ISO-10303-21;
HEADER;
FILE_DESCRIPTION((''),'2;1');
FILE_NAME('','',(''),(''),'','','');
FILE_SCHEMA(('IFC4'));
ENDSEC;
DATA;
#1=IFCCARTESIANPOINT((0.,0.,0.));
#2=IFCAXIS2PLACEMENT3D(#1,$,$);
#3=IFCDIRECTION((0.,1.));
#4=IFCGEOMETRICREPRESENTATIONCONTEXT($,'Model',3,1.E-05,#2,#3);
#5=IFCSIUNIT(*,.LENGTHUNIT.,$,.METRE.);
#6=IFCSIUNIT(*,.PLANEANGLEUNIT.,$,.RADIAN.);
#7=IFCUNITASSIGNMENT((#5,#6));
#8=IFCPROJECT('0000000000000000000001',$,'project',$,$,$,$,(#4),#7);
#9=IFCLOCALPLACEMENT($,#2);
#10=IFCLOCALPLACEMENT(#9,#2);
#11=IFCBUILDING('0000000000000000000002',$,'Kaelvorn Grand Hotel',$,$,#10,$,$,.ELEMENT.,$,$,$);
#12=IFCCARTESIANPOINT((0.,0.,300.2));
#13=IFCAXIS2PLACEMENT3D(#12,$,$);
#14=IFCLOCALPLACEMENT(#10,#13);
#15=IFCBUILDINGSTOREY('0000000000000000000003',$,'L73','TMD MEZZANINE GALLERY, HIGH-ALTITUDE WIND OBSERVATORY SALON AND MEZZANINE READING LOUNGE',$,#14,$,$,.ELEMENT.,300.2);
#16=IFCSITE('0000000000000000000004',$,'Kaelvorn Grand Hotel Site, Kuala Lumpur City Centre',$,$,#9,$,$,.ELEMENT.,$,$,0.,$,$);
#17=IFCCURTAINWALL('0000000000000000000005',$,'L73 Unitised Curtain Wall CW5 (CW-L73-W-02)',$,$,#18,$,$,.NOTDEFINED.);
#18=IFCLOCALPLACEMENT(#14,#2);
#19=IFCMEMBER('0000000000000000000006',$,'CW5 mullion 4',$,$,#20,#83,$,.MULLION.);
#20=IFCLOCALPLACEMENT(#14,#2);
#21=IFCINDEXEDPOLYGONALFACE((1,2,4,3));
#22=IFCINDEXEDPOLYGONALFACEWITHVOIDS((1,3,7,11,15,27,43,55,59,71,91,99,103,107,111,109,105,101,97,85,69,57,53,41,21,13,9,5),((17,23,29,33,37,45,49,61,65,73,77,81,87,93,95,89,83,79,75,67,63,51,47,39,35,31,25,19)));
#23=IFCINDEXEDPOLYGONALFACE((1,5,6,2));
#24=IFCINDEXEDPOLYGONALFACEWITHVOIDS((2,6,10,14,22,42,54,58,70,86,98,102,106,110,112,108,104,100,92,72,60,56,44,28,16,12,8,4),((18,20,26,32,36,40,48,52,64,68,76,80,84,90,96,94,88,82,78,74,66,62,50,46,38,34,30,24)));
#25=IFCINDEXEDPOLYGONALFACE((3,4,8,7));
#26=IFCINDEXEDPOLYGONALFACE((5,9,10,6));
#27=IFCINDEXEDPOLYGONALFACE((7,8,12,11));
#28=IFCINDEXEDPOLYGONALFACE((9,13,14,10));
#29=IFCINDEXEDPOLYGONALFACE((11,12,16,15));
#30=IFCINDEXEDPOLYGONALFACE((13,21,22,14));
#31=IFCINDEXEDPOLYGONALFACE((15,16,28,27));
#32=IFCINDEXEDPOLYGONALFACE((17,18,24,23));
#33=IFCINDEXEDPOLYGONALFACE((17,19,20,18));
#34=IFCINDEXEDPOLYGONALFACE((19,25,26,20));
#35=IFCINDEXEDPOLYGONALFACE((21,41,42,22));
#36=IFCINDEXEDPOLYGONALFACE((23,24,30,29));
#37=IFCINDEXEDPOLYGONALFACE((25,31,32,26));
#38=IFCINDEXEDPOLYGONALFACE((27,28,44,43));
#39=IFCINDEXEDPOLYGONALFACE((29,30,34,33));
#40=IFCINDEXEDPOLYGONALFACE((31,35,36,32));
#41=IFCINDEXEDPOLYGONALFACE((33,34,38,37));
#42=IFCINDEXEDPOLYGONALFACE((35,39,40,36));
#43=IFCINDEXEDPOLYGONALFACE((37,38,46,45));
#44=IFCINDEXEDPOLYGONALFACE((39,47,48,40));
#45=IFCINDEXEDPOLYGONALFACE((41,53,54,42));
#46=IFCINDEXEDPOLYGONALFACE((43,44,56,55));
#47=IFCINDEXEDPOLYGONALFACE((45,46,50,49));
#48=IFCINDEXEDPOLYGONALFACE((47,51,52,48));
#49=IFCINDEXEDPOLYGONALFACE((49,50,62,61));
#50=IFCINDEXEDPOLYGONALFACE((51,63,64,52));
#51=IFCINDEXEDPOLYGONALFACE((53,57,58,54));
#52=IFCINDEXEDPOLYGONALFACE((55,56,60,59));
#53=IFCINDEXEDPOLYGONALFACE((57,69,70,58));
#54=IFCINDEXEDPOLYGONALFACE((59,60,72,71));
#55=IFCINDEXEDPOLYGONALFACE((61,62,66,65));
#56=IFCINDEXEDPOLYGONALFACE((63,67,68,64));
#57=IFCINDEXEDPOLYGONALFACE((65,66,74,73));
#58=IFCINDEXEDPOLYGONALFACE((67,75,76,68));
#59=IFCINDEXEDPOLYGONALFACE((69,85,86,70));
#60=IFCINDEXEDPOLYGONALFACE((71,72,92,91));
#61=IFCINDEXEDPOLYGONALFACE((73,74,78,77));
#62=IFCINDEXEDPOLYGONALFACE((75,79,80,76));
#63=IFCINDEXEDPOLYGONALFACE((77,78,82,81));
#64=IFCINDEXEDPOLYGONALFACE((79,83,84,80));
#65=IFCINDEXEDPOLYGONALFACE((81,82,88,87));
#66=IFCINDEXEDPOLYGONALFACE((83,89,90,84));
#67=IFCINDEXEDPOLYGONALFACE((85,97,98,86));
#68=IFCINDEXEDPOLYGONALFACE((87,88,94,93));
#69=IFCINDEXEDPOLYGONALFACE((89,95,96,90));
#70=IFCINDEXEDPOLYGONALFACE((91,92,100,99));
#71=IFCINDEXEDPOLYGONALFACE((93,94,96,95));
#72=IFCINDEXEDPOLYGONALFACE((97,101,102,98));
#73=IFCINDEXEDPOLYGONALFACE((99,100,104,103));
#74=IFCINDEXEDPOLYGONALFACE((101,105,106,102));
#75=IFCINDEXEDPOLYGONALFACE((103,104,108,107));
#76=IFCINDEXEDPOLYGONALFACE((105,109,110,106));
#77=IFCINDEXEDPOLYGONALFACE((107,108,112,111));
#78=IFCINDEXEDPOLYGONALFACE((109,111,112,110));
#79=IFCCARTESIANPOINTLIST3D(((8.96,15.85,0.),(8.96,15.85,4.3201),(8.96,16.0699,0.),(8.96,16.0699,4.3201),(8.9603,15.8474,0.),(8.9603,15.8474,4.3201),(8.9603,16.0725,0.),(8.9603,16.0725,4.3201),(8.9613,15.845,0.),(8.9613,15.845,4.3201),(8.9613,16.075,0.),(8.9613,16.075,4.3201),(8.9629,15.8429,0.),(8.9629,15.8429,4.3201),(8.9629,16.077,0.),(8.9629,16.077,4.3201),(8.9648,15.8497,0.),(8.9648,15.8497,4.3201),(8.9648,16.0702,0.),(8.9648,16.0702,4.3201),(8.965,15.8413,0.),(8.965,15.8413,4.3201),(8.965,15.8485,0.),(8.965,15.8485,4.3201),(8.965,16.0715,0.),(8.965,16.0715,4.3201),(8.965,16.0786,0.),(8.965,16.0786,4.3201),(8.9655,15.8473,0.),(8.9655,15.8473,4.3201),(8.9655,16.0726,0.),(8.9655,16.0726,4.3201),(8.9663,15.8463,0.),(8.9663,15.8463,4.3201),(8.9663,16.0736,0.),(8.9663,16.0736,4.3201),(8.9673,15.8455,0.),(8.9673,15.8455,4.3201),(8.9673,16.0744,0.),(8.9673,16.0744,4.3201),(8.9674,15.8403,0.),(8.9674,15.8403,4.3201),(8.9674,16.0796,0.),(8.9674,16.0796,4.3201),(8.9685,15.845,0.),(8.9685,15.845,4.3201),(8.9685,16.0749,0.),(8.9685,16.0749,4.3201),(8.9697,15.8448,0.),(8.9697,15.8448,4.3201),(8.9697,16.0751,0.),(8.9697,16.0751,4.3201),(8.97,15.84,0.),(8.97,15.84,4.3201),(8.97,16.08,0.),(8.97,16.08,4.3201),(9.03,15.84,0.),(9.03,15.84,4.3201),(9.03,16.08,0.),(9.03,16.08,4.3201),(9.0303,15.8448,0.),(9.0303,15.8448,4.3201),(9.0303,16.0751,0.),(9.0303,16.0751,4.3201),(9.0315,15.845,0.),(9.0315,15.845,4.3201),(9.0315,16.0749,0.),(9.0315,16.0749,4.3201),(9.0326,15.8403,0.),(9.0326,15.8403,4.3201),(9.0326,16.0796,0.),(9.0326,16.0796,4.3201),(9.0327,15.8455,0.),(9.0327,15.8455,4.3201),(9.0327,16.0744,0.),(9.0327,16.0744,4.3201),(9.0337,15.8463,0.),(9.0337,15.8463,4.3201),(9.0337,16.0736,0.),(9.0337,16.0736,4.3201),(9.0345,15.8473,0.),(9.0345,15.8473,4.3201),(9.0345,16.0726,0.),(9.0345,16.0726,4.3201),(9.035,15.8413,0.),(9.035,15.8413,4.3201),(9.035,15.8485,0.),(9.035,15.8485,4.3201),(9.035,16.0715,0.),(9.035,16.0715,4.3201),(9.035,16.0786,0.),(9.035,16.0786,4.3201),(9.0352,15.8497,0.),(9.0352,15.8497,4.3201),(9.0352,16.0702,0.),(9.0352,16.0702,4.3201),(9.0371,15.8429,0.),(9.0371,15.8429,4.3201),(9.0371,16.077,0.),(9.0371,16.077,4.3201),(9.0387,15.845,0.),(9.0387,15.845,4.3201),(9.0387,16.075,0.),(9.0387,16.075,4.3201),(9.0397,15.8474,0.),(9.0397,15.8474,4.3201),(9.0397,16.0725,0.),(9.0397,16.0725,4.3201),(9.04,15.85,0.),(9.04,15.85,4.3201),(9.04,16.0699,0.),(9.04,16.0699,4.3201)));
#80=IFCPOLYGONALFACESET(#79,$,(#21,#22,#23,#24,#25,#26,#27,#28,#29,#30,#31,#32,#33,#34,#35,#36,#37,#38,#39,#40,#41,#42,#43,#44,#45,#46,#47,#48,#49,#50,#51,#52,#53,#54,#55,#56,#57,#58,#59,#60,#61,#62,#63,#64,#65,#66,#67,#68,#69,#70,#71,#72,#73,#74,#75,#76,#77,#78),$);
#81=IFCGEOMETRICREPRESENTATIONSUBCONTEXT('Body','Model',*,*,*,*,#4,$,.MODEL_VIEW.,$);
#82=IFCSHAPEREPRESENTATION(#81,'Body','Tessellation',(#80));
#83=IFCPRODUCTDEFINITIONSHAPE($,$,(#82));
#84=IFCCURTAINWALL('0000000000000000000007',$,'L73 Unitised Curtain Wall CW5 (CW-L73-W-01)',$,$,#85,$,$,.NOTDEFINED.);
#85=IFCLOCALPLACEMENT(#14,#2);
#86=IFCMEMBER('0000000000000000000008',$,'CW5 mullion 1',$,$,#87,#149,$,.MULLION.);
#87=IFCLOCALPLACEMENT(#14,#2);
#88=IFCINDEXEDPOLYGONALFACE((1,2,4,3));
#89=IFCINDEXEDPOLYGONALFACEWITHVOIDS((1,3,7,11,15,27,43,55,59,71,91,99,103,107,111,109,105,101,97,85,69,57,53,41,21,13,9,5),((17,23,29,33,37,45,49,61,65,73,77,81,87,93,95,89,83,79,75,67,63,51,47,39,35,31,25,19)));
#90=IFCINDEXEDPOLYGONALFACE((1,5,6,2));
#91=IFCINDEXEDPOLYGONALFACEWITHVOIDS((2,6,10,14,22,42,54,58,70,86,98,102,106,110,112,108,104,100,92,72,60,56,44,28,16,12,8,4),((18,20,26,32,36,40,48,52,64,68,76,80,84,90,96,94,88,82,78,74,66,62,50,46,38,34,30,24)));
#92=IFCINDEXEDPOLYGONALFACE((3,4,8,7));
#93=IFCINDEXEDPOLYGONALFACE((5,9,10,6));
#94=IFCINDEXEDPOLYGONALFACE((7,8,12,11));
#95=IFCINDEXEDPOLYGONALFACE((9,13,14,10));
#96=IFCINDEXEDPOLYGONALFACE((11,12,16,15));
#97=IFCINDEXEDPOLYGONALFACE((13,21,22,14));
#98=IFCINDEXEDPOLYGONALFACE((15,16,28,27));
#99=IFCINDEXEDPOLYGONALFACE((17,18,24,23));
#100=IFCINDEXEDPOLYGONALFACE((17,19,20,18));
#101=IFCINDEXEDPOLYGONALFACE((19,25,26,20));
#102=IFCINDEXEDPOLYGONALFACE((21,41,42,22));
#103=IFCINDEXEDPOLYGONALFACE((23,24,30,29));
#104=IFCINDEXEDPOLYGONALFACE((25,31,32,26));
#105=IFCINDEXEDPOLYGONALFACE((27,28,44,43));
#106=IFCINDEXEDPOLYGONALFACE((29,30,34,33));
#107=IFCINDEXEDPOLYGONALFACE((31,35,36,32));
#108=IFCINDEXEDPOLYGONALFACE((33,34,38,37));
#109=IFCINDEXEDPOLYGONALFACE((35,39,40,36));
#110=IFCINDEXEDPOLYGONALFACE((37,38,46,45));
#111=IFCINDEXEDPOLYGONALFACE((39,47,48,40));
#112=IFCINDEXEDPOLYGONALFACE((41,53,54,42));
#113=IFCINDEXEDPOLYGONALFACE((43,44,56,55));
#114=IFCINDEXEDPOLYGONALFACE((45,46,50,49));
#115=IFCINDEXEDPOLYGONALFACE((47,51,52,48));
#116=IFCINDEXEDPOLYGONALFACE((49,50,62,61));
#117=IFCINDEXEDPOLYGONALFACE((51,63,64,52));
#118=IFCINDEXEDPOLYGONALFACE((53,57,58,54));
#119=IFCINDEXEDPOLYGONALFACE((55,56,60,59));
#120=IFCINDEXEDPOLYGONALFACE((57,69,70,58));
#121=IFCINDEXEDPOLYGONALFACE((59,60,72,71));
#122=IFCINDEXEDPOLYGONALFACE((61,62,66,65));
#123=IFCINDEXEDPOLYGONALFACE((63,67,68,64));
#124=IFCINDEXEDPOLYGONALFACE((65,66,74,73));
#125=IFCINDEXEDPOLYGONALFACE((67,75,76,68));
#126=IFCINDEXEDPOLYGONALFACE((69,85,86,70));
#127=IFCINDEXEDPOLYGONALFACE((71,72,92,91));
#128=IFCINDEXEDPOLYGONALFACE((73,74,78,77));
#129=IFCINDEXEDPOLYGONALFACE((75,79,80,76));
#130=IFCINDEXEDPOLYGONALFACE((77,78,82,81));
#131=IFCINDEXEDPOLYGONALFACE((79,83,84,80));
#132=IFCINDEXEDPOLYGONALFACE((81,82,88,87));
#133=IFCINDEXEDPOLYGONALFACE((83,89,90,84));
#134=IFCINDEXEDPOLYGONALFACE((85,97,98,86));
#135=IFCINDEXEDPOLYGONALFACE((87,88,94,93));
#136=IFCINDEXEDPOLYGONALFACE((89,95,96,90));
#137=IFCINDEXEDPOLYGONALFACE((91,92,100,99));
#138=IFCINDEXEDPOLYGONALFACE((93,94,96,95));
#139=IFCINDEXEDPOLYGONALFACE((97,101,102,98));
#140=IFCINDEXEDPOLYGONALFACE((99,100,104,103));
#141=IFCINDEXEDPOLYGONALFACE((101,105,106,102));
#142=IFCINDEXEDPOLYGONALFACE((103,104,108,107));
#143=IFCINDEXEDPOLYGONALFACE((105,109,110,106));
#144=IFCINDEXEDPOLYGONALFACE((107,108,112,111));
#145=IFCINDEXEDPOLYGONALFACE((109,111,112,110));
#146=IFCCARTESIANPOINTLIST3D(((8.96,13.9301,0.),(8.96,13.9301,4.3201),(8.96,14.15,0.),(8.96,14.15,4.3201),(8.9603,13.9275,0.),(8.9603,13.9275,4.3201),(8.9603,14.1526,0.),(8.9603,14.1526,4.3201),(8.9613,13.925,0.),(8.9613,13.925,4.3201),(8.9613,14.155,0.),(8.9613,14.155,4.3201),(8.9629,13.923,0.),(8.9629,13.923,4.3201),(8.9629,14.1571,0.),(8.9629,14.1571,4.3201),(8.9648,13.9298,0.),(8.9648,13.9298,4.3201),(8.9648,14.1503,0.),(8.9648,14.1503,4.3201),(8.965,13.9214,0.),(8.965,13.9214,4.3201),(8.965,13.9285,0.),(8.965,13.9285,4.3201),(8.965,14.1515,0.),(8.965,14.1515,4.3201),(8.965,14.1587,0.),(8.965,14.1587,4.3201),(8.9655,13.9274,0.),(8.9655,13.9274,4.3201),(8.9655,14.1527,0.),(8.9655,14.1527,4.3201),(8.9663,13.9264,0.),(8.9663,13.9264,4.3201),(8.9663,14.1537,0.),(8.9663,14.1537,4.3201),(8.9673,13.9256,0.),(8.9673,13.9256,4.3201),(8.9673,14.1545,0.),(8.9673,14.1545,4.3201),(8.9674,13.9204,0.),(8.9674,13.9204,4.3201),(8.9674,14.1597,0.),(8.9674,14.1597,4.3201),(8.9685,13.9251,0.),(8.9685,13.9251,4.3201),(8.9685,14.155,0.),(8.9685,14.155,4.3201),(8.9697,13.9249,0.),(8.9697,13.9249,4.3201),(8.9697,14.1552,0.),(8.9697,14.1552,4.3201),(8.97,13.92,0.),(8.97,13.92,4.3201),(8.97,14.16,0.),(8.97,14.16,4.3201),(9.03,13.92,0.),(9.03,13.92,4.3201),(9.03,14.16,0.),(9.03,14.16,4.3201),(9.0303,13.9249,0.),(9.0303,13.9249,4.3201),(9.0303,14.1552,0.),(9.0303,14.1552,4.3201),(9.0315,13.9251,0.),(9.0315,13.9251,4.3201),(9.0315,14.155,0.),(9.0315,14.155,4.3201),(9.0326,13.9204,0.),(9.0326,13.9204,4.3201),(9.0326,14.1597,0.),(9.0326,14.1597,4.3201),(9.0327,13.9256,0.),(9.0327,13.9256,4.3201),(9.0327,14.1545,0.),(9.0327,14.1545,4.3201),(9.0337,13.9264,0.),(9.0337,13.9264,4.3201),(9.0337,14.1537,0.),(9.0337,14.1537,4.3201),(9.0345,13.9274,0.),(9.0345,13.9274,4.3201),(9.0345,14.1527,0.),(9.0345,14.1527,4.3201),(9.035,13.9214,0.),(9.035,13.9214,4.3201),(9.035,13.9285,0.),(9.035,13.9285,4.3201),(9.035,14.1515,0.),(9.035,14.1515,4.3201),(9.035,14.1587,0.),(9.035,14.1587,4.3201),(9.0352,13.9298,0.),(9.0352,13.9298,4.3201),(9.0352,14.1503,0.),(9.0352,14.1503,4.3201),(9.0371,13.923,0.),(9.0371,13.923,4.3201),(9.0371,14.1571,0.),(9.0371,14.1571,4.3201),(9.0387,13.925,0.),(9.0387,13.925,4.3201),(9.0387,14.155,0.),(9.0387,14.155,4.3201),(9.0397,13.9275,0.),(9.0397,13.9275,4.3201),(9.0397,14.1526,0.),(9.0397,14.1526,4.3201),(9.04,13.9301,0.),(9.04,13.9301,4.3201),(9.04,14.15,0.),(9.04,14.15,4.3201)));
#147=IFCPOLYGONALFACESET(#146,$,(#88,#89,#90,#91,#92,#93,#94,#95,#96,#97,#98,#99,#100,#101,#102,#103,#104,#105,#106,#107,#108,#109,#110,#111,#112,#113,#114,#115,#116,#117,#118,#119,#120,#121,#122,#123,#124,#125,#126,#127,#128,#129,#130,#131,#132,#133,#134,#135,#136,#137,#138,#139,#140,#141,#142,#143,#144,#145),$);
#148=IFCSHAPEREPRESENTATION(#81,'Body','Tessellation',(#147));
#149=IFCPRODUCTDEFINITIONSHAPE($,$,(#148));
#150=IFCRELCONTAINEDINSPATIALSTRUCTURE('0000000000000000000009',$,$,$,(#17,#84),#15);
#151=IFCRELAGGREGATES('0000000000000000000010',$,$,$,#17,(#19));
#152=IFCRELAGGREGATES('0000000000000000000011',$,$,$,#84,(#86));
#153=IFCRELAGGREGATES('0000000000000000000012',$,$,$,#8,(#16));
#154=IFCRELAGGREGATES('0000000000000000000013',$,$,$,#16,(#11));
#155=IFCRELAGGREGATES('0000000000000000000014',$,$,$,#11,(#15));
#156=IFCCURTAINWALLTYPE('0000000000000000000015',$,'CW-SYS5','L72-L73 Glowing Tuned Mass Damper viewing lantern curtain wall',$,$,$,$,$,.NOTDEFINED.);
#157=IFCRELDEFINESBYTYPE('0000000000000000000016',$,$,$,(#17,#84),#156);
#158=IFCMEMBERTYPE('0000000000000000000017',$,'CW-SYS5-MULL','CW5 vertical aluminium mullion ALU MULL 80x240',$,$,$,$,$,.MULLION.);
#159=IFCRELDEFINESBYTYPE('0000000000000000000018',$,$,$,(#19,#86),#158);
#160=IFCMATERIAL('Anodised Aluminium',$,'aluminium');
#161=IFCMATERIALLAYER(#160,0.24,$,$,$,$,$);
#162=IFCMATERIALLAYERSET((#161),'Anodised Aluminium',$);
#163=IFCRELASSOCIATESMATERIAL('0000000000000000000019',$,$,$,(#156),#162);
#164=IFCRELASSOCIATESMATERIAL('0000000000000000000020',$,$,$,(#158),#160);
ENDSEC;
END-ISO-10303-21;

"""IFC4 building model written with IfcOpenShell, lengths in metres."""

from ifc_helpers import new_model, si_unit, direction, frame, origin, origin_2d, place, context, subcontext, project, spatial, hollow_rectangle, extrude, material, layer, layer_set, material_profile, profile_set, type_object, element, aggregate, save


model = new_model("IFC4")

# Units and contexts
model_context = context("Model", 3, precision=1e-05, world=origin(), true_north=direction((0.0, 1.0)))
body_context = subcontext(model_context, "Body", "Model", "MODEL_VIEW")
ifc_project = project(units=[si_unit("LENGTHUNIT", "METRE"), si_unit("PLANEANGLEUNIT", "RADIAN")], contexts=[model_context])

# Site, building, storey
site_placement = place(None, origin())
site = spatial("IfcSite", under=ifc_project, at=site_placement, Name="Kaelvorn Grand Hotel Site, Kuala Lumpur City Centre", CompositionType="ELEMENT", RefElevation=0.0)
building_placement = place(site_placement, origin())
building = spatial("IfcBuilding", under=site, at=building_placement, Name="Kaelvorn Grand Hotel", CompositionType="ELEMENT")
storey_placement = place(building_placement, frame((0.0, 0.0, 300.2)))
storey = spatial("IfcBuildingStorey", under=building, at=storey_placement, Name="L73", Description="TMD MEZZANINE GALLERY, HIGH-ALTITUDE WIND OBSERVATORY SALON AND MEZZANINE READING LOUNGE", CompositionType="ELEMENT", Elevation=300.2)

# Curtain walls, members
ifc_material_1 = material(Name="Anodised Aluminium", Category="aluminium")
ifc_layer_1 = layer(ifc_material_1, 0.24)
ifc_layer_set_1 = layer_set([ifc_layer_1], Name="Anodised Aluminium")
curtain_wall_type = type_object("IfcCurtainWallType", Name="CW-SYS5", Description="L72-L73 Glowing Tuned Mass Damper viewing lantern curtain wall", PredefinedType="NOTDEFINED", material=ifc_layer_set_1)
curtain_wall_1_placement = place(storey_placement, origin())
curtain_wall_1 = element("IfcCurtainWall", 1, at=curtain_wall_1_placement, inside=storey, type_object=curtain_wall_type, Name="L73 Unitised Curtain Wall CW5 (CW-L73-W-02)", PredefinedType="NOTDEFINED")
ifc_material_profile_1 = material_profile(ifc_material_1, hollow_rectangle(XDim=0.0801, YDim=0.24, WallThickness=0.0049, InnerFilletRadius=0.0049, OuterFilletRadius=0.01, at=origin_2d()), Name="ALU MULL 80x240")
ifc_profile_set_1 = profile_set([ifc_material_profile_1], Name="Anodised Aluminium")
member_type_1 = type_object("IfcMemberType", Name="CW-SYS5-MULL", Description="CW5 vertical aluminium mullion ALU MULL 80x240", PredefinedType="MULLION", material=ifc_profile_set_1)
member_1_placement = place(storey_placement, frame((9.0, 15.96, 0.0), z_axis=(0.0, 0.0, 1.0), x_axis=(1.0, 0.0, 0.0)))
member_1 = element("IfcMember", 2, at=member_1_placement, type_object=member_type_1, Name="CW5 mullion 4", PredefinedType="MULLION", context=body_context, shape_type="SweptSolid", body=[
    extrude(hollow_rectangle(XDim=0.0801, YDim=0.24, WallThickness=0.0049, InnerFilletRadius=0.0049, OuterFilletRadius=0.01, at=origin_2d()), origin(), (0.0, 0.0, 1.0), 4.3201),
])
curtain_wall_2_placement = place(storey_placement, origin())
curtain_wall_2 = element("IfcCurtainWall", 3, at=curtain_wall_2_placement, inside=storey, type_object=curtain_wall_type, Name="L73 Unitised Curtain Wall CW5 (CW-L73-W-01)", PredefinedType="NOTDEFINED")
member_2_placement = place(storey_placement, frame((9.0, 14.04, 0.0), z_axis=(0.0, 0.0, 1.0), x_axis=(1.0, 0.0, 0.0)))
member_2 = element("IfcMember", 4, at=member_2_placement, type_object=member_type_1, Name="CW5 mullion 1", PredefinedType="MULLION", context=body_context, shape_type="SweptSolid", body=[
    extrude(hollow_rectangle(XDim=0.0801, YDim=0.24, WallThickness=0.0049, InnerFilletRadius=0.0049, OuterFilletRadius=0.01, at=origin_2d()), origin(), (0.0, 0.0, 1.0), 4.3201),
])

aggregate(curtain_wall_1, [member_1])
aggregate(curtain_wall_2, [member_2])

save(model, "model.ifc")
